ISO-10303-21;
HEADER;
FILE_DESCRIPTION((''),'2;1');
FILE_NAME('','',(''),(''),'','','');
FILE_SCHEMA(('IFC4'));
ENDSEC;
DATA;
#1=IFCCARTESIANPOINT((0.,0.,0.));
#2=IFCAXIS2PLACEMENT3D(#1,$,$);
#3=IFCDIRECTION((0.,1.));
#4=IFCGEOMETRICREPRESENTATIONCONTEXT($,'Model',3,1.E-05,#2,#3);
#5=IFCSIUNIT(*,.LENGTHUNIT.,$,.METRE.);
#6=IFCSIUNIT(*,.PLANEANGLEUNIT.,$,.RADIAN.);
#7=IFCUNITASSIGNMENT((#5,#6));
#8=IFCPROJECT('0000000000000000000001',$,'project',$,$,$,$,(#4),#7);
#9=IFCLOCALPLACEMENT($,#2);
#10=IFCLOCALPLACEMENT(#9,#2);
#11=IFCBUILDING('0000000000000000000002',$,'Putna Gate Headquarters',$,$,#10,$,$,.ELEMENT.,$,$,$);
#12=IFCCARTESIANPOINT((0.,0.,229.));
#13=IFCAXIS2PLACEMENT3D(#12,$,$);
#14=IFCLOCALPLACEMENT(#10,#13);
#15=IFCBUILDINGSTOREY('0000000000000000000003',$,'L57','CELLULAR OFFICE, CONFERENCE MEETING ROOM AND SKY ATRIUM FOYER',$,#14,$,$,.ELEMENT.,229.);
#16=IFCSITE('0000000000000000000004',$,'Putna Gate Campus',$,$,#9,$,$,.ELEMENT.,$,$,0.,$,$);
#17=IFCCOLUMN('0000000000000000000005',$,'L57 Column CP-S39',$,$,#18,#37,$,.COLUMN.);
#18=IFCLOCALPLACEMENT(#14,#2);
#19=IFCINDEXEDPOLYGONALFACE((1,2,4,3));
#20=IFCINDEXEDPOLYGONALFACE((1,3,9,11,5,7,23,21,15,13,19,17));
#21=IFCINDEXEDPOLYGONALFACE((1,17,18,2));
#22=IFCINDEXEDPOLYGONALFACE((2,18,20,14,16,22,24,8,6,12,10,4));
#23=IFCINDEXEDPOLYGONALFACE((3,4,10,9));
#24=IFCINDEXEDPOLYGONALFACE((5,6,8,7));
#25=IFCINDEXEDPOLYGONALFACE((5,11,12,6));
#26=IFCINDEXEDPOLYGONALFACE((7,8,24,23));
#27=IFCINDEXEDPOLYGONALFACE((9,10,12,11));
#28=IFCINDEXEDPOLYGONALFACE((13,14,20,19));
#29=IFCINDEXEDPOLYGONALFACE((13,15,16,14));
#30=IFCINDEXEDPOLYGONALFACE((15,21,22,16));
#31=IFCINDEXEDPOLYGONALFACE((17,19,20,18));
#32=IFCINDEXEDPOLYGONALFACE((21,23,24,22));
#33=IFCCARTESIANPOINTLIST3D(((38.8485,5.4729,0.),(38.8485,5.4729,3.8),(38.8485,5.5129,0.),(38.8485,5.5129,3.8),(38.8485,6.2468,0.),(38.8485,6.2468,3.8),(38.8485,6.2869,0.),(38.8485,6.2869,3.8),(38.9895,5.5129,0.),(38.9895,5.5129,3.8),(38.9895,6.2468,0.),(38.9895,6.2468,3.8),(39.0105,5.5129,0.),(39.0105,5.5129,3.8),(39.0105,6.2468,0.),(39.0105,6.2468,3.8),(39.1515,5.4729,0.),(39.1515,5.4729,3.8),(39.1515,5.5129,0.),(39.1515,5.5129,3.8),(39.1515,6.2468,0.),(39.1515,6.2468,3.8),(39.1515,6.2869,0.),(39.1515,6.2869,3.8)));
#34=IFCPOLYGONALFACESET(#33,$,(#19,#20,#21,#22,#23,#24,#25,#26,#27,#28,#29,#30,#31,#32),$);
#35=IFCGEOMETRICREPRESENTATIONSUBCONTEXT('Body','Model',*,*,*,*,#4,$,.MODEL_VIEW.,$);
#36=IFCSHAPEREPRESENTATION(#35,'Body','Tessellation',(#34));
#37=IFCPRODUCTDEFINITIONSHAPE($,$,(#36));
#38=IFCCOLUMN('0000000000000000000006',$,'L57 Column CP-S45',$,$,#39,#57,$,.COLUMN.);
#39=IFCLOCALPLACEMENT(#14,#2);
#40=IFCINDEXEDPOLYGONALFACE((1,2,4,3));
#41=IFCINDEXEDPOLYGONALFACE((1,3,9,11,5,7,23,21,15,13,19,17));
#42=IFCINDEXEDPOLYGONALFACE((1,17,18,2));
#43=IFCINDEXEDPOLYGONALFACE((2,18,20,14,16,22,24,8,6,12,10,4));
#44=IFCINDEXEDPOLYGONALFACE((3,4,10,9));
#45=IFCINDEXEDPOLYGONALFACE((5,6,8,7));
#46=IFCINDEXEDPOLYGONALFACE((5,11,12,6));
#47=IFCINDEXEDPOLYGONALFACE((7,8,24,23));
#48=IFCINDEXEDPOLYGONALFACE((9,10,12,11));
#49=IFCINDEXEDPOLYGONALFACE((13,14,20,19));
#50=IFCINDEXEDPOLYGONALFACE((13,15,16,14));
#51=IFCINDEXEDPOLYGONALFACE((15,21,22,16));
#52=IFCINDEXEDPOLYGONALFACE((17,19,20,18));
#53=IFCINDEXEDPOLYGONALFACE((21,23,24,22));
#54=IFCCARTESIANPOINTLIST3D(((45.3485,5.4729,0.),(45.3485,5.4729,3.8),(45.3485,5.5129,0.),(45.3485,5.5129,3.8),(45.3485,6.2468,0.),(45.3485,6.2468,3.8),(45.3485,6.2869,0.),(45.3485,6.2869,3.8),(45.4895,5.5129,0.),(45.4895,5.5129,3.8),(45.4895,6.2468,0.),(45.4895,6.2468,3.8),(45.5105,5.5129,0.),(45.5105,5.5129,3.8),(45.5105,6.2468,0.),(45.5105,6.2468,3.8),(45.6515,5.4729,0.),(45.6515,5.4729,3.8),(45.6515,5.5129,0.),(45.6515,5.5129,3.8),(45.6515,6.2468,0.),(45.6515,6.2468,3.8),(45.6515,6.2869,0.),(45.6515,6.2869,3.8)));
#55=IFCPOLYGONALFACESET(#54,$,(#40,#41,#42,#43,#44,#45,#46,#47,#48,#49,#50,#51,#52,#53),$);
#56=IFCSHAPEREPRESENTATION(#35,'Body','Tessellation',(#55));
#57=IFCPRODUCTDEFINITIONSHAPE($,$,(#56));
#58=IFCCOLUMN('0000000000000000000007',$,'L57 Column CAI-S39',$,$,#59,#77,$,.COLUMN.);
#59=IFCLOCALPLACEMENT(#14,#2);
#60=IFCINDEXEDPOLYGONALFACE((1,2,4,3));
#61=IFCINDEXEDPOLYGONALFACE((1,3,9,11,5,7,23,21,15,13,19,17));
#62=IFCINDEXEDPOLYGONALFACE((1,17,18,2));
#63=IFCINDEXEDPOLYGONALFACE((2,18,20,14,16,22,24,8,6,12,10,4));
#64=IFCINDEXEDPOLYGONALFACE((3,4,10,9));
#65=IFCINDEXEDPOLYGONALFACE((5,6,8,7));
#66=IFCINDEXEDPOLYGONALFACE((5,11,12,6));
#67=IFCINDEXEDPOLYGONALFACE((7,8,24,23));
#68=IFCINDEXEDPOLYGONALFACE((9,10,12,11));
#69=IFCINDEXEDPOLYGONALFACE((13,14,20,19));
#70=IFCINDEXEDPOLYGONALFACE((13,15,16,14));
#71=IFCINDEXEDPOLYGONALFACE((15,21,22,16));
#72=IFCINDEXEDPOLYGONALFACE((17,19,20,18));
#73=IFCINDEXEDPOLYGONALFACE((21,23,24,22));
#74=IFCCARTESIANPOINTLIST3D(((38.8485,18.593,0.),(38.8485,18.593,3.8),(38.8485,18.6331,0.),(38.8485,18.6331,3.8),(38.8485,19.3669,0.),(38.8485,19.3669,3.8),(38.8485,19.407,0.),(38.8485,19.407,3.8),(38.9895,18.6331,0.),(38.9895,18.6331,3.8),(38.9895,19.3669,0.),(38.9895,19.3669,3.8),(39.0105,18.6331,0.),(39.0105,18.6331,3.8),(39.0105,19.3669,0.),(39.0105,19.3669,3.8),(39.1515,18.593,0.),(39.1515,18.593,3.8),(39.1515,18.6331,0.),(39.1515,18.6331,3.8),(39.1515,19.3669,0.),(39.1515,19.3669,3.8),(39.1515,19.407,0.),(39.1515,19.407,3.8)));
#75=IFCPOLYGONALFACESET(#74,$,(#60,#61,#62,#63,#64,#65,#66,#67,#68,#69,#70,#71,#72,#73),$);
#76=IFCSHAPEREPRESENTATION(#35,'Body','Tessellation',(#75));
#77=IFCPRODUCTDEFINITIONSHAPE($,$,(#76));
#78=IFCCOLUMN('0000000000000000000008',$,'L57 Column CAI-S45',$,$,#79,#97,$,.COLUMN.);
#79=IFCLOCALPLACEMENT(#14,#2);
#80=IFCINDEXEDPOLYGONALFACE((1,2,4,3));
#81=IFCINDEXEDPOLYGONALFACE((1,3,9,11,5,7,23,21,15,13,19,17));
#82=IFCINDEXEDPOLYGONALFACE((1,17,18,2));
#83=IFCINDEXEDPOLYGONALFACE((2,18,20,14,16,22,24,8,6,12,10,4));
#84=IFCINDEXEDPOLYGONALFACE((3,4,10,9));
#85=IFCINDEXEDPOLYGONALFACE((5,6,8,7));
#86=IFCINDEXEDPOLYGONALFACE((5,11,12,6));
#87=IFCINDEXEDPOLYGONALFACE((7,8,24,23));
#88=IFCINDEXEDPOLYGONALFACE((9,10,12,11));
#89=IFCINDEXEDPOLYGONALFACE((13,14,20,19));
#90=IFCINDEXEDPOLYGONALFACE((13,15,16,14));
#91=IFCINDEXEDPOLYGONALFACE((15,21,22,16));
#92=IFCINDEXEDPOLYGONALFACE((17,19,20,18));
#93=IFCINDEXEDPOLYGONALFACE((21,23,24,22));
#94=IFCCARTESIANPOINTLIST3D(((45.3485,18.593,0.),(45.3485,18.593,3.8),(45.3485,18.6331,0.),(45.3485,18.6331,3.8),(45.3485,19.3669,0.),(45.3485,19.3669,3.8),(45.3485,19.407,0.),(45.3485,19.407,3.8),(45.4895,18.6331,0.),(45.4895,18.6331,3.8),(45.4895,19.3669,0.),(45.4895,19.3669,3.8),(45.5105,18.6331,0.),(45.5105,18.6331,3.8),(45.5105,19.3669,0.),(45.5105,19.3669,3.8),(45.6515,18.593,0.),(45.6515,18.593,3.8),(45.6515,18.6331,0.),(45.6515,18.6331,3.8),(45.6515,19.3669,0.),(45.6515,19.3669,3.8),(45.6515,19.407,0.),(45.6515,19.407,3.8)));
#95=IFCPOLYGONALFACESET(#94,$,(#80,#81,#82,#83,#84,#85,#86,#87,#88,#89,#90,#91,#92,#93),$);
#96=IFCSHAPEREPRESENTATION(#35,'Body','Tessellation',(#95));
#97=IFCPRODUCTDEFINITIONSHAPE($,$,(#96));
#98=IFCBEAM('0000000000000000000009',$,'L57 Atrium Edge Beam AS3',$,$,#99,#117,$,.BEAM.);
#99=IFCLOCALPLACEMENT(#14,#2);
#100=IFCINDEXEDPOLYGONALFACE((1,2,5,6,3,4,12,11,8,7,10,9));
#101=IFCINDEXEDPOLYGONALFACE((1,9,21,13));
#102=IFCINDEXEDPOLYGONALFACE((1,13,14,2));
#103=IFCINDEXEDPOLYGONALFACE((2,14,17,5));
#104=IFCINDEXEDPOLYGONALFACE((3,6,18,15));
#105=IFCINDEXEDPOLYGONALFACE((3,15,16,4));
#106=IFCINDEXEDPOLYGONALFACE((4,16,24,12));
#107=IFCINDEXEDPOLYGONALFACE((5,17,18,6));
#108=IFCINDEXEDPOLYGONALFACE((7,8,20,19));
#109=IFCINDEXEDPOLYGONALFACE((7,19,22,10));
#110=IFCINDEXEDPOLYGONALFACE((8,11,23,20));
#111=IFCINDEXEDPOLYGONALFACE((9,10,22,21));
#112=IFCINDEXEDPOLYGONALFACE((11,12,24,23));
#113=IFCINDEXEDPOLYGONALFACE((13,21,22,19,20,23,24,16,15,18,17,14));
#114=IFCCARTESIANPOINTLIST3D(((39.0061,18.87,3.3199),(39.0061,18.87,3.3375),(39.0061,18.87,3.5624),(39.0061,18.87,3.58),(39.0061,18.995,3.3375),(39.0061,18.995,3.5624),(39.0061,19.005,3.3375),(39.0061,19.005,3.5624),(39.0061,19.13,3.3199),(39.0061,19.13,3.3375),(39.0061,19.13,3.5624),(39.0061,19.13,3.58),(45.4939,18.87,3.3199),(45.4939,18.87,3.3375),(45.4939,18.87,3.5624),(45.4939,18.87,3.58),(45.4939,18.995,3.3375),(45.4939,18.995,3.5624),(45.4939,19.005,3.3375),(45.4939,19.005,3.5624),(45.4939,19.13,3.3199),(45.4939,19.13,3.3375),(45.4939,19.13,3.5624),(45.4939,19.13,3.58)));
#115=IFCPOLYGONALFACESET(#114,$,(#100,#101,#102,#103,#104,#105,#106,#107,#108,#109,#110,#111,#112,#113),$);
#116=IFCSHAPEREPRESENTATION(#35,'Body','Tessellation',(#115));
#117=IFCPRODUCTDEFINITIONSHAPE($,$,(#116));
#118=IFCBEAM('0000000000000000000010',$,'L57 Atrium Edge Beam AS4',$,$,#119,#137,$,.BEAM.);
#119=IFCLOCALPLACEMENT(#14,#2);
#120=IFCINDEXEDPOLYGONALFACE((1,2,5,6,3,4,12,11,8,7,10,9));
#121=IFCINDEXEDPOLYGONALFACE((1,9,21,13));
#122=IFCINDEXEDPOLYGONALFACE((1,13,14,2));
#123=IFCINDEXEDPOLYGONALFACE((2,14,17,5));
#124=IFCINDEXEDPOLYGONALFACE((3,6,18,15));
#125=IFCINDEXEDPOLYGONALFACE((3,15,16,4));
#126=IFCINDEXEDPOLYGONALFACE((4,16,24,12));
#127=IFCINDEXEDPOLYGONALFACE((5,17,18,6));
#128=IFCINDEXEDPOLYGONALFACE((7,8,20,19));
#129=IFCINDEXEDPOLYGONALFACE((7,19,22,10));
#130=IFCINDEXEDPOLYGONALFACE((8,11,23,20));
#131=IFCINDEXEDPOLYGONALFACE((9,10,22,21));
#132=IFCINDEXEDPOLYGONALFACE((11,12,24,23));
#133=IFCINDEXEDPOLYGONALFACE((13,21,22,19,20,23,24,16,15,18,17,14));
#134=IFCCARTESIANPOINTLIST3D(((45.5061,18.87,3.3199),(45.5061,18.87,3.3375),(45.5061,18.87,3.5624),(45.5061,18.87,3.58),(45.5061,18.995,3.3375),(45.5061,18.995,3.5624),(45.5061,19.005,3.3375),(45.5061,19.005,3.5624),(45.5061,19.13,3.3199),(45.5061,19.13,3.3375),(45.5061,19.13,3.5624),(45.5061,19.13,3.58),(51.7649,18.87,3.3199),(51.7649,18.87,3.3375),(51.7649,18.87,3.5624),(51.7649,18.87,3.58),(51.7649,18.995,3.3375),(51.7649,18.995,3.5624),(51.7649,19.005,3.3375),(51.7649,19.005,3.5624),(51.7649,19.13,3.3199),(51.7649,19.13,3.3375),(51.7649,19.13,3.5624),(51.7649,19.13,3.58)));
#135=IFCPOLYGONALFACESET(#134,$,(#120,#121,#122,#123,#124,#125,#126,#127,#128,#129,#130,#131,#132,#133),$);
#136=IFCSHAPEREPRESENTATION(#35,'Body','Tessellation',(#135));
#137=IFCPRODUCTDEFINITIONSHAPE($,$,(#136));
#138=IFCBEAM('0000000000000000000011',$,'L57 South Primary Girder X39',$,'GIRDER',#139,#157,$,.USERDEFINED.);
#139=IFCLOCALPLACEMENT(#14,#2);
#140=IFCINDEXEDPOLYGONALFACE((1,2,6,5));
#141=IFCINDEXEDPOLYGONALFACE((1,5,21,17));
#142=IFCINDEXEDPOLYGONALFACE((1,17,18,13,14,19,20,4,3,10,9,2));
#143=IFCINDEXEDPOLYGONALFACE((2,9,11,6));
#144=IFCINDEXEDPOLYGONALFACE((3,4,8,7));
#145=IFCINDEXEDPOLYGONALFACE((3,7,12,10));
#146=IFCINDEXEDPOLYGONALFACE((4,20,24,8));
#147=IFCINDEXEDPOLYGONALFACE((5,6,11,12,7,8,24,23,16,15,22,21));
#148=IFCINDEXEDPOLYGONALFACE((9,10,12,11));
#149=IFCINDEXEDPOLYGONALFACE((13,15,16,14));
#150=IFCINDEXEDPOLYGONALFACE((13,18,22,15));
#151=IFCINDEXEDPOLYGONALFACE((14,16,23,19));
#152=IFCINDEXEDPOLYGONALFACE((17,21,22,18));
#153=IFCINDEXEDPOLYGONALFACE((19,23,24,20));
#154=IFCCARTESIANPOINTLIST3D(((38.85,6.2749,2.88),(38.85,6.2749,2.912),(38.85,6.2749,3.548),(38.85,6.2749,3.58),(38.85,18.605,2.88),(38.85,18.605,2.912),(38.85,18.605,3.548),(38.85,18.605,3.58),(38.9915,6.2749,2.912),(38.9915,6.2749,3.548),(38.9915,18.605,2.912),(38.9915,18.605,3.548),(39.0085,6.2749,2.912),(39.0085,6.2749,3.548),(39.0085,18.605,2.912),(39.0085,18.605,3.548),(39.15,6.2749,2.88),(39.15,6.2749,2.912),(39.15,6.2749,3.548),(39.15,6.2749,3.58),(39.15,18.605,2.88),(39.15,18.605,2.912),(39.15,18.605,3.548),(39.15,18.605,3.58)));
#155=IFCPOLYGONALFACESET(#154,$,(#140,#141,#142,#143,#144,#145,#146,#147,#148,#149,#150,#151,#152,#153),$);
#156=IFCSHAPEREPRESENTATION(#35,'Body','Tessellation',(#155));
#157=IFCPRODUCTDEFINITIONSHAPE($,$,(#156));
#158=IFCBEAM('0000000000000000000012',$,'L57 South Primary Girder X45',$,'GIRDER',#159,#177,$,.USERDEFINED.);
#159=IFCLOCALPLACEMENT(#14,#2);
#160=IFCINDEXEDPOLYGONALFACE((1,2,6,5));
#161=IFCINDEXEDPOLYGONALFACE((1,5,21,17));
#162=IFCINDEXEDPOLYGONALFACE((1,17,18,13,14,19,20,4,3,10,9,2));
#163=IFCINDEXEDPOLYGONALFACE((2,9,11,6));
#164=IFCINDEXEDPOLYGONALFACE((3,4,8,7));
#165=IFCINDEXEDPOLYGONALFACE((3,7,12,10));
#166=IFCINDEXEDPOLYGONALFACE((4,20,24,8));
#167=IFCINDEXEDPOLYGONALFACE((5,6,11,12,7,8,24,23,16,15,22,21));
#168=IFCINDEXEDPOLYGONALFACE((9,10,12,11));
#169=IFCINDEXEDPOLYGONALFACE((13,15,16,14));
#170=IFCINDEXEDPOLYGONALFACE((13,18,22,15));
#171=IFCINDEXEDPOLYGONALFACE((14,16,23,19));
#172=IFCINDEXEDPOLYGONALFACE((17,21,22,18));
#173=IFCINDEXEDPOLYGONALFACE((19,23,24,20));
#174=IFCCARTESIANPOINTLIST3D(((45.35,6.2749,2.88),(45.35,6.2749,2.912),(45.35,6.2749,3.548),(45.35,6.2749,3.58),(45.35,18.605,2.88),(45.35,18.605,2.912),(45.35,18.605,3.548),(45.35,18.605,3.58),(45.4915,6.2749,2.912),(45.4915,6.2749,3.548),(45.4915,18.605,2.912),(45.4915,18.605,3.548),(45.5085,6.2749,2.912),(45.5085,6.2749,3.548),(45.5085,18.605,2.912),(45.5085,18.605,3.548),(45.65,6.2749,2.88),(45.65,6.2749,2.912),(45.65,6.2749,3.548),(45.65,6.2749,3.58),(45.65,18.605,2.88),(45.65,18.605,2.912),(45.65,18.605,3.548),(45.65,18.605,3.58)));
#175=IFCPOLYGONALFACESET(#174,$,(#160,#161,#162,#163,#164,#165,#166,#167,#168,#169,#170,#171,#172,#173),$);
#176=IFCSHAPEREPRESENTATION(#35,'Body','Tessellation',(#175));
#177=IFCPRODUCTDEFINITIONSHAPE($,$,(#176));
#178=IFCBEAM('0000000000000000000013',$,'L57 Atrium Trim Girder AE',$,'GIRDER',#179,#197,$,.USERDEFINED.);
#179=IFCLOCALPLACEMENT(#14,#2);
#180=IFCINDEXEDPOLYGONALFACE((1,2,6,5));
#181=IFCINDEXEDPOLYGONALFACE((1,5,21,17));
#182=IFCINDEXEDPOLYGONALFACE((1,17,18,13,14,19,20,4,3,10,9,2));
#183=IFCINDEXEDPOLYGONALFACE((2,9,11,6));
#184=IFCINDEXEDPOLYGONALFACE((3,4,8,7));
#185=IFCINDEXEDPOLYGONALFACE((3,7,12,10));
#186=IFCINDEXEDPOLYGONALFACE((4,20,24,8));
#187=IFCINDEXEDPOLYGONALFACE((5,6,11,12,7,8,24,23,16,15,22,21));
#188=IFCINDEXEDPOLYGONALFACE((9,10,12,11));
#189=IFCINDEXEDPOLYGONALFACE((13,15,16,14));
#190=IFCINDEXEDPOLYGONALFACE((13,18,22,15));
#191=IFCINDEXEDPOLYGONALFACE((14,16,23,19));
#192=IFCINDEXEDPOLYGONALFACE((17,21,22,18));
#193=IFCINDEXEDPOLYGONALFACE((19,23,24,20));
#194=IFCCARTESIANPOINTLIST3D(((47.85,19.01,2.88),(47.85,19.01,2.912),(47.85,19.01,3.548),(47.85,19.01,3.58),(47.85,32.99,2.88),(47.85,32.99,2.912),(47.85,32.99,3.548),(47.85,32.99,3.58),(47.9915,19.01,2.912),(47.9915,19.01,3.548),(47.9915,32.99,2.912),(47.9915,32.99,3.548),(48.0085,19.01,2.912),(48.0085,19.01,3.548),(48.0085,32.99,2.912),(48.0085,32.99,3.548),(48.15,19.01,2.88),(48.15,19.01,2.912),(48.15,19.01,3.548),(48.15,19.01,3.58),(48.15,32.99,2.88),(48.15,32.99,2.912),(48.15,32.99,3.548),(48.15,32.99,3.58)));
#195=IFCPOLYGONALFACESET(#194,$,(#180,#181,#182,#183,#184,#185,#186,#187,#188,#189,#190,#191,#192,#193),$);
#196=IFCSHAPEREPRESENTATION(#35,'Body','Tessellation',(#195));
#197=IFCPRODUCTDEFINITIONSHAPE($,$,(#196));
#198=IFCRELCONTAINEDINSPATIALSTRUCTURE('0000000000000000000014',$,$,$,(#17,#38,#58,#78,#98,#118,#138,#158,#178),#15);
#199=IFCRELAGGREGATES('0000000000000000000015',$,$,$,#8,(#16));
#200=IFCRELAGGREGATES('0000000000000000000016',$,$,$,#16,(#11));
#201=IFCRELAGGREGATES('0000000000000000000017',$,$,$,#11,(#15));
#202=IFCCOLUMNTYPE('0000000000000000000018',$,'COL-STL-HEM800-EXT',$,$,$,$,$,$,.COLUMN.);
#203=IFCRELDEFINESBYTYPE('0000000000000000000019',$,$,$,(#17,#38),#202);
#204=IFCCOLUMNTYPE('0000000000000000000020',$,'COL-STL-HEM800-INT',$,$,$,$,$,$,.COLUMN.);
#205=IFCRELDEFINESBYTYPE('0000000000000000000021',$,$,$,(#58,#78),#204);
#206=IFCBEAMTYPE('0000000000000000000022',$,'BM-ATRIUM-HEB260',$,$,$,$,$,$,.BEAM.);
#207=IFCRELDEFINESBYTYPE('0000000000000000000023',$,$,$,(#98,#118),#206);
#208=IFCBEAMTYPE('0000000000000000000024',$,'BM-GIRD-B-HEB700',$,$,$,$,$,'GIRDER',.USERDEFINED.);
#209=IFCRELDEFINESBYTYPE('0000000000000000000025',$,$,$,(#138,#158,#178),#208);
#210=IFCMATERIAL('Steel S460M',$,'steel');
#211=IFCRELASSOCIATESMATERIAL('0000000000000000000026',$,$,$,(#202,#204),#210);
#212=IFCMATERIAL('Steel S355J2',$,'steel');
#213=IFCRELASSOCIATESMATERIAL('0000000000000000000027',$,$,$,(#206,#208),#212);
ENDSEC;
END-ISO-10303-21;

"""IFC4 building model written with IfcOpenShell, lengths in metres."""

from ifc_helpers import new_model, si_unit, direction, frame, origin, origin_2d, place, context, subcontext, project, spatial, i_section, extrude, material, material_profile, profile_set, type_object, element, save


model = new_model("IFC4")

# Units and contexts
model_context = context("Model", 3, precision=1e-05, world=origin(), true_north=direction((0.0, 1.0)))
body_context = subcontext(model_context, "Body", "Model", "MODEL_VIEW")
ifc_project = project(units=[si_unit("LENGTHUNIT", "METRE"), si_unit("PLANEANGLEUNIT", "RADIAN")], contexts=[model_context])

# Site, building, storey
site_placement = place(None, origin())
site = spatial("IfcSite", under=ifc_project, at=site_placement, Name="Putna Gate Campus", CompositionType="ELEMENT", RefElevation=0.0)
building_placement = place(site_placement, origin())
building = spatial("IfcBuilding", under=site, at=building_placement, Name="Putna Gate Headquarters", CompositionType="ELEMENT")
storey_placement = place(building_placement, frame((0.0, 0.0, 229.0)))
storey = spatial("IfcBuildingStorey", under=building, at=storey_placement, Name="L57", Description="CELLULAR OFFICE, CONFERENCE MEETING ROOM AND SKY ATRIUM FOYER", CompositionType="ELEMENT", Elevation=229.0)

# Columns
ifc_material_1 = material(Name="Steel S460M", Category="steel")
ifc_material_profile_1 = material_profile(ifc_material_1, i_section(OverallWidth=0.303, OverallDepth=0.814, WebThickness=0.021, FlangeThickness=0.04, at=origin_2d()), Name="Steel S460M")
ifc_profile_set_1 = profile_set([ifc_material_profile_1], Name="Steel S460M")
column_type_1 = type_object("IfcColumnType", Name="COL-STL-HEM800-EXT", PredefinedType="COLUMN", material=ifc_profile_set_1)
for number, where, z_axis, x_axis, name in (
    (1, (39.0, 5.8799, 0.0), (0.0, 0.0, 1.0), (1.0, 0.0, 0.0), "L57 Column CP-S39"),
    (2, (45.5, 5.8799, 0.0), (0.0, 0.0, 1.0), (1.0, 0.0, 0.0), "L57 Column CP-S45"),
):
    element("IfcColumn", number, at=place(storey_placement, frame(where, z_axis=z_axis, x_axis=x_axis)), inside=storey, type_object=column_type_1, Name=name, PredefinedType="COLUMN", context=body_context, shape_type="SweptSolid", body=[
        extrude(i_section(OverallWidth=0.303, OverallDepth=0.814, WebThickness=0.021, FlangeThickness=0.04, at=origin_2d()), origin(), (0.0, 0.0, 1.0), 3.8),
    ])
ifc_material_profile_2 = material_profile(ifc_material_1, i_section(OverallWidth=0.303, OverallDepth=0.814, WebThickness=0.021, FlangeThickness=0.04, at=origin_2d()), Name="Steel S460M")
ifc_profile_set_2 = profile_set([ifc_material_profile_2], Name="Steel S460M")
column_type_2 = type_object("IfcColumnType", Name="COL-STL-HEM800-INT", PredefinedType="COLUMN", material=ifc_profile_set_2)
for number, where, z_axis, x_axis, name in (
    (3, (39.0, 19.0, 0.0), (0.0, 0.0, 1.0), (1.0, 0.0, 0.0), "L57 Column CAI-S39"),
    (4, (45.5, 19.0, 0.0), (0.0, 0.0, 1.0), (1.0, 0.0, 0.0), "L57 Column CAI-S45"),
):
    element("IfcColumn", number, at=place(storey_placement, frame(where, z_axis=z_axis, x_axis=x_axis)), inside=storey, type_object=column_type_2, Name=name, PredefinedType="COLUMN", context=body_context, shape_type="SweptSolid", body=[
        extrude(i_section(OverallWidth=0.303, OverallDepth=0.814, WebThickness=0.021, FlangeThickness=0.04, at=origin_2d()), origin(), (0.0, 0.0, 1.0), 3.8),
    ])

# Beams
ifc_material_2 = material(Name="Steel S355J2", Category="steel")
ifc_material_profile_3 = material_profile(ifc_material_2, i_section(OverallWidth=0.26, OverallDepth=0.26, WebThickness=0.01, FlangeThickness=0.0176, at=origin_2d()), Name="Steel S355J2")
ifc_profile_set_3 = profile_set([ifc_material_profile_3], Name="Steel S355J2")
beam_type_1 = type_object("IfcBeamType", Name="BM-ATRIUM-HEB260", PredefinedType="BEAM", material=ifc_profile_set_3)
beam_1_placement = place(storey_placement, frame((39.0061, 19.0, 3.45), z_axis=(1.0, 0.0, 0.0), x_axis=(0.0, 1.0, 0.0)))
element("IfcBeam", 5, at=beam_1_placement, inside=storey, type_object=beam_type_1, Name="L57 Atrium Edge Beam AS3", PredefinedType="BEAM", context=body_context, shape_type="SweptSolid", body=[
    extrude(i_section(OverallWidth=0.26, OverallDepth=0.26, WebThickness=0.01, FlangeThickness=0.0176, at=origin_2d()), origin(), (0.0, 0.0, 1.0), 6.4878),
])
beam_2_placement = place(storey_placement, frame((45.5061, 19.0, 3.45), z_axis=(1.0, 0.0, 0.0), x_axis=(0.0, 1.0, 0.0)))
element("IfcBeam", 6, at=beam_2_placement, inside=storey, type_object=beam_type_1, Name="L57 Atrium Edge Beam AS4", PredefinedType="BEAM", context=body_context, shape_type="SweptSolid", body=[
    extrude(i_section(OverallWidth=0.26, OverallDepth=0.26, WebThickness=0.01, FlangeThickness=0.0176, at=origin_2d()), origin(), (0.0, 0.0, 1.0), 6.2588),
])
ifc_material_profile_4 = material_profile(ifc_material_2, i_section(OverallWidth=0.3, OverallDepth=0.7, WebThickness=0.0171, FlangeThickness=0.032, at=origin_2d()), Name="Steel S355J2")
ifc_profile_set_4 = profile_set([ifc_material_profile_4], Name="Steel S355J2")
beam_type_2 = type_object("IfcBeamType", Name="BM-GIRD-B-HEB700", ElementType="GIRDER", PredefinedType="USERDEFINED", material=ifc_profile_set_4)
for number, where, z_axis, x_axis, name in (
    (7, (39.0, 6.2749, 3.23), (0.0, 1.0, 0.0), (-1.0, 0.0, 0.0), "L57 South Primary Girder X39"),
    (8, (45.5, 6.2749, 3.23), (0.0, 1.0, 0.0), (-1.0, 0.0, 0.0), "L57 South Primary Girder X45"),
):
    element("IfcBeam", number, at=place(storey_placement, frame(where, z_axis=z_axis, x_axis=x_axis)), inside=storey, type_object=beam_type_2, Name=name, ObjectType="GIRDER", PredefinedType="USERDEFINED", context=body_context, shape_type="SweptSolid", body=[
        extrude(i_section(OverallWidth=0.3, OverallDepth=0.7, WebThickness=0.0171, FlangeThickness=0.032, at=origin_2d()), origin(), (0.0, 0.0, 1.0), 12.3301),
    ])
beam_3_placement = place(storey_placement, frame((48.0, 19.01, 3.23), z_axis=(0.0, 1.0, 0.0), x_axis=(-1.0, 0.0, 0.0)))
element("IfcBeam", 9, at=beam_3_placement, inside=storey, type_object=beam_type_2, Name="L57 Atrium Trim Girder AE", ObjectType="GIRDER", PredefinedType="USERDEFINED", context=body_context, shape_type="SweptSolid", body=[
    extrude(i_section(OverallWidth=0.3, OverallDepth=0.7, WebThickness=0.0171, FlangeThickness=0.032, at=origin_2d()), origin(), (0.0, 0.0, 1.0), 13.98),
])

save(model, "model.ifc")
